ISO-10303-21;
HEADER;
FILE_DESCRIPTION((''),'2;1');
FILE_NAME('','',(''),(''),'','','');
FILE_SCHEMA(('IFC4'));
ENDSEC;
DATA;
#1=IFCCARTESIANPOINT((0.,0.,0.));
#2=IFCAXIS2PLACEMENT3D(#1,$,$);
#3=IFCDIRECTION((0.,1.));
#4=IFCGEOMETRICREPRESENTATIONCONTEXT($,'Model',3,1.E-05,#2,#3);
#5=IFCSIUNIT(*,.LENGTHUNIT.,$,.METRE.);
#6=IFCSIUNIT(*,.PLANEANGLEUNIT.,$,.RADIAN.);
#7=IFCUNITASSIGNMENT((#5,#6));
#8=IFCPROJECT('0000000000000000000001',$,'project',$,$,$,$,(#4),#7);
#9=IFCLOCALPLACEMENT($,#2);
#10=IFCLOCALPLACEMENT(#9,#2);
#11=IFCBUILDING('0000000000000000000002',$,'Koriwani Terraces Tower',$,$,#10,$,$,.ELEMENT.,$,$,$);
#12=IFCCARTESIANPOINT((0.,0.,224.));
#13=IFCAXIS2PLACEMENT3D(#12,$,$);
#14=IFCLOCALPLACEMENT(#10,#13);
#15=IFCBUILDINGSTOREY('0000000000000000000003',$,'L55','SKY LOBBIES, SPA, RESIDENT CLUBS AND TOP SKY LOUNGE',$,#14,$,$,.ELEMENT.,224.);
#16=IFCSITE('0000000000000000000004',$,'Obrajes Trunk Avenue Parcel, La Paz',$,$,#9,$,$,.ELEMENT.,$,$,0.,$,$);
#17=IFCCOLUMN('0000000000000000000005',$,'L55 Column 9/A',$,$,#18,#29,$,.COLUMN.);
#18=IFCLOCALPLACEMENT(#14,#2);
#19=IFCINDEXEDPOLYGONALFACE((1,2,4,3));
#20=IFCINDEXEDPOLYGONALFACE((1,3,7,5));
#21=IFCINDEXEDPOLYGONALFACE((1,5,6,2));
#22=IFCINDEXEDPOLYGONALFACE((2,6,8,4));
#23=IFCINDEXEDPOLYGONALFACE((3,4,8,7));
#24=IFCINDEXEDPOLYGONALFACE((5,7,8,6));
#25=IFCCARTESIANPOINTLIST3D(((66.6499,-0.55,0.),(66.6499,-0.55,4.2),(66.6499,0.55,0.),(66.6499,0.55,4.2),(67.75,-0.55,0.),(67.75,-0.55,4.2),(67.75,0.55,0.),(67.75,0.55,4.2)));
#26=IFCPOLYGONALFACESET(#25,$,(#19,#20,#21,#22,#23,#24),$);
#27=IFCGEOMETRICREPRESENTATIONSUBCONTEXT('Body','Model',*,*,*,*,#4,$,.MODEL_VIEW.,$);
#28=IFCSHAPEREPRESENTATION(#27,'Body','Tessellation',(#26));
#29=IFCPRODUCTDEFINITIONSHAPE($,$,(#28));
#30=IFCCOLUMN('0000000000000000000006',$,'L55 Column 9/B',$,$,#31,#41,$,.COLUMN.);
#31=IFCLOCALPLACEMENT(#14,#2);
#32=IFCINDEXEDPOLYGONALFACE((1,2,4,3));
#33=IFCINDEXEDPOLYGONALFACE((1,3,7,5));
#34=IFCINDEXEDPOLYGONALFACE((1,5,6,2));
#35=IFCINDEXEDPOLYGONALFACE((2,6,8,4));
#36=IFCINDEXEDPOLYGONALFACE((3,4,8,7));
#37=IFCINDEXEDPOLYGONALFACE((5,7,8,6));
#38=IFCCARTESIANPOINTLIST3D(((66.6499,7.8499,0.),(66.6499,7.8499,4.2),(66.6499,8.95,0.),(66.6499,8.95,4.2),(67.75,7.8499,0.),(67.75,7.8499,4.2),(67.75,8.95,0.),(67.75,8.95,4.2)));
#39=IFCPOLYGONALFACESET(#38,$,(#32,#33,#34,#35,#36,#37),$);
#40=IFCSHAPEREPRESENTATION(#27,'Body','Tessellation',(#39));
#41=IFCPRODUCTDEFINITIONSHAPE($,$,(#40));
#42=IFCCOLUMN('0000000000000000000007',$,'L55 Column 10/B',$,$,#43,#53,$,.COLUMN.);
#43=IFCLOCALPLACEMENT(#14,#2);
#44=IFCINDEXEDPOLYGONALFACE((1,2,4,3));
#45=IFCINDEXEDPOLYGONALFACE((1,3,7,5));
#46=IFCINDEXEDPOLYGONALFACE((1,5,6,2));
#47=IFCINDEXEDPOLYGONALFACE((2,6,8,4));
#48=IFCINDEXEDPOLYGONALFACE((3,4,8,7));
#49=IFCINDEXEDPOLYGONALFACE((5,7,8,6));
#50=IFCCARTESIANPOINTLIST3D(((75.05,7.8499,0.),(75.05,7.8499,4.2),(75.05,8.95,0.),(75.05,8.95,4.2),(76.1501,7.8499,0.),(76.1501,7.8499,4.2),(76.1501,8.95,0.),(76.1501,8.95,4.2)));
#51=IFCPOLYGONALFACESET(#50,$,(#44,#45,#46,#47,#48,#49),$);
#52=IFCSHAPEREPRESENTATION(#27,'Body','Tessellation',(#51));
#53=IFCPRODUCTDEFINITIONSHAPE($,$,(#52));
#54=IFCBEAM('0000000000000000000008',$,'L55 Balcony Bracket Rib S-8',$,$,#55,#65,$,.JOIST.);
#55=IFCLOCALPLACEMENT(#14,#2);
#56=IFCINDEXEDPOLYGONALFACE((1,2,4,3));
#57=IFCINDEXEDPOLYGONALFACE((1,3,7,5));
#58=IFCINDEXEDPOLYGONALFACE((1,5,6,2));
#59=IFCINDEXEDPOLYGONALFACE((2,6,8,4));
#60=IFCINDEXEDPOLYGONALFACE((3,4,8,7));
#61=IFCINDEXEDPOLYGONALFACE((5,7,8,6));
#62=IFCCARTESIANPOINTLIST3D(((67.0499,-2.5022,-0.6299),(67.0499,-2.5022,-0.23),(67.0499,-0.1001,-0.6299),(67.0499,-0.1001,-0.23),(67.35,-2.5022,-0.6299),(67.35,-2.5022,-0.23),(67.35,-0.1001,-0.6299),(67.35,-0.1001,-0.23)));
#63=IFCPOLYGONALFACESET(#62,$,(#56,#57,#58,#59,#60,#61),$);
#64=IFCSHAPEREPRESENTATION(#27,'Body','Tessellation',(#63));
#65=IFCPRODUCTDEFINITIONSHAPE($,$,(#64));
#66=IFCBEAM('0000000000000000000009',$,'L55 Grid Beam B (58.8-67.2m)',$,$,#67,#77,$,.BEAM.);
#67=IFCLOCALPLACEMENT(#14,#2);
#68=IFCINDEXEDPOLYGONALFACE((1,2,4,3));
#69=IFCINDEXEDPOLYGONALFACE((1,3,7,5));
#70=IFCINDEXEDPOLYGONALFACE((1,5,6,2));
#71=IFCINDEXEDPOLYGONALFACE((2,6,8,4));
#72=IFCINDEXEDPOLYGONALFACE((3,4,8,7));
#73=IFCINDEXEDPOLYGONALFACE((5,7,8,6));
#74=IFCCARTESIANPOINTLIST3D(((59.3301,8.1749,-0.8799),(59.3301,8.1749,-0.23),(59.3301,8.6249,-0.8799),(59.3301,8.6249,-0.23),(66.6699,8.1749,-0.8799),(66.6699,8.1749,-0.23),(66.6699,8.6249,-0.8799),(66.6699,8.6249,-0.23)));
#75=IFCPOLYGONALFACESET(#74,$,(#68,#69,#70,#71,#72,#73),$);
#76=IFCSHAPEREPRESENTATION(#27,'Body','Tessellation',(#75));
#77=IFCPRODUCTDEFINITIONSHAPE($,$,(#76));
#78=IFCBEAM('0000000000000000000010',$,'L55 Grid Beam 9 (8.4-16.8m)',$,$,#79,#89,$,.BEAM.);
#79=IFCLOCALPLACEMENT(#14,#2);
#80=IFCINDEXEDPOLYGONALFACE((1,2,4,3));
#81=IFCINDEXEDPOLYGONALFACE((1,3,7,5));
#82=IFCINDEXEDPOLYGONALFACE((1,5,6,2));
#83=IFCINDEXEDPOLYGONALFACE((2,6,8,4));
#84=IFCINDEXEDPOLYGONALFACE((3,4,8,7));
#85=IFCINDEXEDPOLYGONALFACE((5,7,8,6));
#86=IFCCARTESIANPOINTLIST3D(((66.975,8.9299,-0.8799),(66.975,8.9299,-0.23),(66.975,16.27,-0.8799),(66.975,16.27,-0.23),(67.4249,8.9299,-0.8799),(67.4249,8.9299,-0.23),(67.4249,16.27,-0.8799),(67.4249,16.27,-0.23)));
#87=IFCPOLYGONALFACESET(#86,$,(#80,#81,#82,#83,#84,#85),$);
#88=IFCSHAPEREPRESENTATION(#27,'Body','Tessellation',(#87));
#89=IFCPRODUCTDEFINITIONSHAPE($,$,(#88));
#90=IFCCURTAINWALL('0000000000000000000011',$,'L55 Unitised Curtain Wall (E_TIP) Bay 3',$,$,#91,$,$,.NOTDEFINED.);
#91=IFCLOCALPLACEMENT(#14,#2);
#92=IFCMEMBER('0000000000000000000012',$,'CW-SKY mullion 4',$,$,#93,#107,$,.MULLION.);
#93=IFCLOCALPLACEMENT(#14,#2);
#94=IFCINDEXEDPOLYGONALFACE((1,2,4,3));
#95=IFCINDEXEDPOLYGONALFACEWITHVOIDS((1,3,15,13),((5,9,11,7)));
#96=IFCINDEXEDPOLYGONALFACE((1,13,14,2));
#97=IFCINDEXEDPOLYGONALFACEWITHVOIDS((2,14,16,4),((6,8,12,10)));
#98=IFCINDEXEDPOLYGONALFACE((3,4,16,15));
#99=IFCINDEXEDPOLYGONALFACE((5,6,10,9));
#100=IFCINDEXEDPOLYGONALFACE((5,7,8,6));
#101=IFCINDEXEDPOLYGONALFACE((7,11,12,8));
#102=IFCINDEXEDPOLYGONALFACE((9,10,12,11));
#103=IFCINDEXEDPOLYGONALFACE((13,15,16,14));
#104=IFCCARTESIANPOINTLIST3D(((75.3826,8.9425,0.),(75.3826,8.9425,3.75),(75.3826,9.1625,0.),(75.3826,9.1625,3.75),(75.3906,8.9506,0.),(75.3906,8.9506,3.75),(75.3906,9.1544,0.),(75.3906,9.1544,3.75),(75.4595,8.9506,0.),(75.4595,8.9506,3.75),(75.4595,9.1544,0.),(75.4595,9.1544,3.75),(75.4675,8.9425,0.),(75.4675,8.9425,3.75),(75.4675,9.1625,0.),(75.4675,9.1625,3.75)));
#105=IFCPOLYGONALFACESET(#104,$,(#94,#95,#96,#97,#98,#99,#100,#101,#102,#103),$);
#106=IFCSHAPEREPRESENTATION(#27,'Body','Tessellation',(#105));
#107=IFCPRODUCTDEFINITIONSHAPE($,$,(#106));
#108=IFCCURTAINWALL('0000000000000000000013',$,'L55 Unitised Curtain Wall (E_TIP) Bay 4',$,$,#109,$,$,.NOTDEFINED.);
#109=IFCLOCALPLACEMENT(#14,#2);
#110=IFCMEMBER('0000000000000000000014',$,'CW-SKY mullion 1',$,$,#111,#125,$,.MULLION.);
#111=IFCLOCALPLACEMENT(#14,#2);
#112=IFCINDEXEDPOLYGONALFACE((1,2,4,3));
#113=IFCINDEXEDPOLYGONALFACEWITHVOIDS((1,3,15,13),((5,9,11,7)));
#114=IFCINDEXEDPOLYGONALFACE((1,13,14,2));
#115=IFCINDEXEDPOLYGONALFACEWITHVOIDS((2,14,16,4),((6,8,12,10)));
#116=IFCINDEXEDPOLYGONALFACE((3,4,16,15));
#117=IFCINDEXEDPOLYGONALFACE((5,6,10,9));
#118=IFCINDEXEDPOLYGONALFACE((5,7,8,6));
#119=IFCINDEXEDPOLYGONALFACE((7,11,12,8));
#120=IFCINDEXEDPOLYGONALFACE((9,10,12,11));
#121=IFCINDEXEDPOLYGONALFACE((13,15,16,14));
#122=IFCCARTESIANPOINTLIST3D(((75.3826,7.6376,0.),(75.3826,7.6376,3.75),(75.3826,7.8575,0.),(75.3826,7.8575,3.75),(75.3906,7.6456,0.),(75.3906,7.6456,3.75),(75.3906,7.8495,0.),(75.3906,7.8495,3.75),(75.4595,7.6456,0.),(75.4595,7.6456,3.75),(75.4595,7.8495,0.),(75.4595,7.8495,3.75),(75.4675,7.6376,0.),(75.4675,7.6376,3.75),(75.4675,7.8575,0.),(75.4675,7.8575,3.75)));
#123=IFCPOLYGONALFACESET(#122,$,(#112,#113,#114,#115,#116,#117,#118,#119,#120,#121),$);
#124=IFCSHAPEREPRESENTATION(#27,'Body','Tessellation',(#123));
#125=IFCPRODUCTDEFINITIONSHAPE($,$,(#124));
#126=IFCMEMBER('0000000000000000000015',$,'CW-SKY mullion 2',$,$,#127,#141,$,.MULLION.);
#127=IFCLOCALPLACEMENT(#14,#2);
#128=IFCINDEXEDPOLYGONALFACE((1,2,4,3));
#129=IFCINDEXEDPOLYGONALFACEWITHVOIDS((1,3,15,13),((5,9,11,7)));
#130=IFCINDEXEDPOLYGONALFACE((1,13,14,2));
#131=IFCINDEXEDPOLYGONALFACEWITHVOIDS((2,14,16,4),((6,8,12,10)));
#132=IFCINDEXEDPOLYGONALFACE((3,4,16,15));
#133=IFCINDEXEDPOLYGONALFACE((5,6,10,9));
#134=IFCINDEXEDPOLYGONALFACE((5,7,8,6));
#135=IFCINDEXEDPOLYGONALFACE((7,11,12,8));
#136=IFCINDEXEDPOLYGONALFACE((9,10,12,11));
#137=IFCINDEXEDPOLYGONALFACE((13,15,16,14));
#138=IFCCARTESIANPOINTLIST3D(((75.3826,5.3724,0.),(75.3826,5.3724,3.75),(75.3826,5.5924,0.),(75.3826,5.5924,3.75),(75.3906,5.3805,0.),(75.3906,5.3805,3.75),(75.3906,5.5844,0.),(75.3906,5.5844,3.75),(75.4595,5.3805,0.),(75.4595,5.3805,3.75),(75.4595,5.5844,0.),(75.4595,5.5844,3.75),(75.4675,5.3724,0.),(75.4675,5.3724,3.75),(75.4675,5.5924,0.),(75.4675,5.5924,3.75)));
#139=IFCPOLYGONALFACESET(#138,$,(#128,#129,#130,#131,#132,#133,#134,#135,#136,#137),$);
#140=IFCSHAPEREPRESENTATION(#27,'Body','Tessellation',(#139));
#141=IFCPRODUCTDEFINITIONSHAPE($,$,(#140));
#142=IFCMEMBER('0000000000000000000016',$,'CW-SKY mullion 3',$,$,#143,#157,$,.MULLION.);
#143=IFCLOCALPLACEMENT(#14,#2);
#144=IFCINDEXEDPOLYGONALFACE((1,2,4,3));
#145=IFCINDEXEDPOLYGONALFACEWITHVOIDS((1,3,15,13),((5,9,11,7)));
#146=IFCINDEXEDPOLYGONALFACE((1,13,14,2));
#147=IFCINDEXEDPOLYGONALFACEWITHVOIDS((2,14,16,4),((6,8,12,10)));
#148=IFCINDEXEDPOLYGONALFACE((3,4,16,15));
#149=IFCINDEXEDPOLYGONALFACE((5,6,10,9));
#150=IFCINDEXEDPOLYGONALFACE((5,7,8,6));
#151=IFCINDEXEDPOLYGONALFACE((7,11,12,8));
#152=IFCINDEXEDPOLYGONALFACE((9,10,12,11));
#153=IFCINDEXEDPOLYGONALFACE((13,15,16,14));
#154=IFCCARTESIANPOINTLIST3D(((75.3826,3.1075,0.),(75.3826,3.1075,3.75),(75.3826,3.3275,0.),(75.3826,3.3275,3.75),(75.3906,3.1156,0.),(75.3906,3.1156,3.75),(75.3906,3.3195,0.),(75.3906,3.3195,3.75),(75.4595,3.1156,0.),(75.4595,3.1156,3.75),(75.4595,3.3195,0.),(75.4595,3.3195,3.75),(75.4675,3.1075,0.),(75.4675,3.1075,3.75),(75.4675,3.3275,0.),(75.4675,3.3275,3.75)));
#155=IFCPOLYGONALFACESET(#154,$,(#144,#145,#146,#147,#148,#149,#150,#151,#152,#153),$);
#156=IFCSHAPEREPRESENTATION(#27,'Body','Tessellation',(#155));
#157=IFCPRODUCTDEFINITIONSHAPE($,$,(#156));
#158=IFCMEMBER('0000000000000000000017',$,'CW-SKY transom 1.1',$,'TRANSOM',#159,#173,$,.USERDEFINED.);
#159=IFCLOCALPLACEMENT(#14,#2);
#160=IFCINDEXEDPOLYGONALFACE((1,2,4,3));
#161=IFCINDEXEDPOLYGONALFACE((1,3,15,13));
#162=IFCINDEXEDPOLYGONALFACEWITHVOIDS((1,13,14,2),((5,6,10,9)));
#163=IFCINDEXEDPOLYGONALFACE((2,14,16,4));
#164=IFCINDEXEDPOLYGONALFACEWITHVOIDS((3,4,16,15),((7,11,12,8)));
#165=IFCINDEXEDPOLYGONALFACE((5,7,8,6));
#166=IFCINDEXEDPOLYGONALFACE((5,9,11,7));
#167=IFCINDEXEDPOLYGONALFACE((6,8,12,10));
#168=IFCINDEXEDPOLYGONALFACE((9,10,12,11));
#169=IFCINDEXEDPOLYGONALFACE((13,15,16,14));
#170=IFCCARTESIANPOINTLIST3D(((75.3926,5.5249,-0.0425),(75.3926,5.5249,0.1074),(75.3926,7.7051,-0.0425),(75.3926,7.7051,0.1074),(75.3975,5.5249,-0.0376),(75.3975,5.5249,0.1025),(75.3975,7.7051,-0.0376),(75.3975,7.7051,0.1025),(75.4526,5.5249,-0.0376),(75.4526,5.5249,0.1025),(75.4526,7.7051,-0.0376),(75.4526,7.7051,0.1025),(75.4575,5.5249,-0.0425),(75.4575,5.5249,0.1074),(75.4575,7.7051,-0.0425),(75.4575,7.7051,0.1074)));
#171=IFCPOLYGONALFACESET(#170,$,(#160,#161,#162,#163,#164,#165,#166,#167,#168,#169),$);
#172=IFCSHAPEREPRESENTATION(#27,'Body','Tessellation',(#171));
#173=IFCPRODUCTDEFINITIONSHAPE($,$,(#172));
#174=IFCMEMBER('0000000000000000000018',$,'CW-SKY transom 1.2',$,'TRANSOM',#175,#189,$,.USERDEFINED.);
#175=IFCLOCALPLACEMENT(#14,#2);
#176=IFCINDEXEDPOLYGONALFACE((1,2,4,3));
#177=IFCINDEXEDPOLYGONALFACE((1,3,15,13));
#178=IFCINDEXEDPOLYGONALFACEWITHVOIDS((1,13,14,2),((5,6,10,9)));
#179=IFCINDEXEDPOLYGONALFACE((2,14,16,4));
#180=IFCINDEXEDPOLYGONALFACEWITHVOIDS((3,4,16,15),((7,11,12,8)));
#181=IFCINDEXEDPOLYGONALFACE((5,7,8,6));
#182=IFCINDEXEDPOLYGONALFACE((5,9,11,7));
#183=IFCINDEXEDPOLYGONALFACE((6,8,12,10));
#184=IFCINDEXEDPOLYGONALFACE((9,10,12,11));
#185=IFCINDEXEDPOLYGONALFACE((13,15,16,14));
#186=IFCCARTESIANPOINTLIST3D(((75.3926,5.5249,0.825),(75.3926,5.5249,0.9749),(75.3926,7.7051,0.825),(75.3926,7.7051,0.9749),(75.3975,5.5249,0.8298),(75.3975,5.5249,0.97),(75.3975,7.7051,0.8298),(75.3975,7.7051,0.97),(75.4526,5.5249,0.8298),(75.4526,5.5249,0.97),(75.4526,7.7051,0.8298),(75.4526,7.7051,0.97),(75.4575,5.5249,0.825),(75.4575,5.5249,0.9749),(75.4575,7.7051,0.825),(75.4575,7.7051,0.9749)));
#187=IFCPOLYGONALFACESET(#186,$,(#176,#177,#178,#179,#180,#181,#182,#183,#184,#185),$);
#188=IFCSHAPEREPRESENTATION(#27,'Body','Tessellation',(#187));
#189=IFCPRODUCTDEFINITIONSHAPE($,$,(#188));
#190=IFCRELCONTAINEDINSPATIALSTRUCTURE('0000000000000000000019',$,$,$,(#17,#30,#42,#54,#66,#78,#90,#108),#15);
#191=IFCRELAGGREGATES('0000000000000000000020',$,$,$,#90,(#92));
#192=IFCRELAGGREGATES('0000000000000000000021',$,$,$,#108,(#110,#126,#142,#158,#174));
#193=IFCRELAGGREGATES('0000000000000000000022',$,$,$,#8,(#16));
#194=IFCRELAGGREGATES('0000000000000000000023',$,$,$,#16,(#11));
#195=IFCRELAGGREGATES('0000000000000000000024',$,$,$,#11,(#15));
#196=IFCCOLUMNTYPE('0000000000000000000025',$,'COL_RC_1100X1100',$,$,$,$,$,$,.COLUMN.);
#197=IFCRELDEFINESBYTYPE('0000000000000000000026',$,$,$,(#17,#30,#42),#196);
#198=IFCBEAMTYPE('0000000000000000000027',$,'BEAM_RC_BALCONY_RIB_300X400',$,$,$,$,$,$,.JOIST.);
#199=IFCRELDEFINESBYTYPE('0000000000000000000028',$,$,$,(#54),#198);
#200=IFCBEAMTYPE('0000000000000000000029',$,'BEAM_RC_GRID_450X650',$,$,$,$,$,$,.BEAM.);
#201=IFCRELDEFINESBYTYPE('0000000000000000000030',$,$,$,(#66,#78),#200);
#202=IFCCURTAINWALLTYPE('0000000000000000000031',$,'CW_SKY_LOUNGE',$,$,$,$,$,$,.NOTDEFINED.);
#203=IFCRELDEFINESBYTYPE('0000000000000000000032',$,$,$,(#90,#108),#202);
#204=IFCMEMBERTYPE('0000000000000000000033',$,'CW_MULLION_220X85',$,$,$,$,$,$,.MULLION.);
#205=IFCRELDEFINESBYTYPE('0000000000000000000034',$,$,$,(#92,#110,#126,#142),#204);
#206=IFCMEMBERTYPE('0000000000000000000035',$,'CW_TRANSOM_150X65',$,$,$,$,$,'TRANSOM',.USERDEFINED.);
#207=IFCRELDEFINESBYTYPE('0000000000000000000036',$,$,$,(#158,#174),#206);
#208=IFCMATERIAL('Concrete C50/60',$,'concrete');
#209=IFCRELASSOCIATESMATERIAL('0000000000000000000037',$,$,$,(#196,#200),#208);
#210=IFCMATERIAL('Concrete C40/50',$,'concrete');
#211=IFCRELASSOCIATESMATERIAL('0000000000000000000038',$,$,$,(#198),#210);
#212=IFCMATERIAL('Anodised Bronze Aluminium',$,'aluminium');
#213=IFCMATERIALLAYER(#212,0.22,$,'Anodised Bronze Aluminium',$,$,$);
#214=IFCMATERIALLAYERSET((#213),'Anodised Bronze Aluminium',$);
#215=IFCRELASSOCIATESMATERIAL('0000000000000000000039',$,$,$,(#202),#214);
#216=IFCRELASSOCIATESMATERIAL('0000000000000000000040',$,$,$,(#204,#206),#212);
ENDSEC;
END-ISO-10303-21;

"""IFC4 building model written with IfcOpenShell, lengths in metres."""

from ifc_helpers import new_model, si_unit, direction, frame, origin, origin_2d, place, context, subcontext, project, spatial, rectangle, hollow_rectangle, extrude, material, layer, layer_set, material_profile, profile_set, type_object, element, aggregate, save


model = new_model("IFC4")

# Units and contexts
model_context = context("Model", 3, precision=1e-05, world=origin(), true_north=direction((0.0, 1.0)))
body_context = subcontext(model_context, "Body", "Model", "MODEL_VIEW")
ifc_project = project(units=[si_unit("LENGTHUNIT", "METRE"), si_unit("PLANEANGLEUNIT", "RADIAN")], contexts=[model_context])

# Site, building, storey
site_placement = place(None, origin())
site = spatial("IfcSite", under=ifc_project, at=site_placement, Name="Obrajes Trunk Avenue Parcel, La Paz", CompositionType="ELEMENT", RefElevation=0.0)
building_placement = place(site_placement, origin())
building = spatial("IfcBuilding", under=site, at=building_placement, Name="Koriwani Terraces Tower", CompositionType="ELEMENT")
storey_placement = place(building_placement, frame((0.0, 0.0, 224.0)))
storey = spatial("IfcBuildingStorey", under=building, at=storey_placement, Name="L55", Description="SKY LOBBIES, SPA, RESIDENT CLUBS AND TOP SKY LOUNGE", CompositionType="ELEMENT", Elevation=224.0)

# Columns
ifc_material_1 = material(Name="Concrete C50/60", Category="concrete")
ifc_material_profile_1 = material_profile(ifc_material_1, rectangle(XDim=1.1001, YDim=1.1001, at=origin_2d()), Name="Concrete C50/60", Category="LoadBearing")
ifc_profile_set_1 = profile_set([ifc_material_profile_1], Name="Concrete C50/60")
column_type = type_object("IfcColumnType", Name="COL_RC_1100X1100", PredefinedType="COLUMN", material=ifc_profile_set_1)
for number, where, z_axis, x_axis, name in (
    (1, (67.2, 0.0, 0.0), (0.0, 0.0, 1.0), (1.0, 0.0, 0.0), "L55 Column 9/A"),
    (2, (67.2, 8.3999, 0.0), (0.0, 0.0, 1.0), (1.0, 0.0, 0.0), "L55 Column 9/B"),
    (3, (75.6001, 8.3999, 0.0), (0.0, 0.0, 1.0), (1.0, 0.0, 0.0), "L55 Column 10/B"),
):
    element("IfcColumn", number, at=place(storey_placement, frame(where, z_axis=z_axis, x_axis=x_axis)), inside=storey, type_object=column_type, Name=name, PredefinedType="COLUMN", context=body_context, shape_type="SweptSolid", body=[
        extrude(rectangle(XDim=1.1001, YDim=1.1001, at=origin_2d()), origin(), (0.0, 0.0, 1.0), 4.2),
    ])

# Beams
ifc_material_2 = material(Name="Concrete C40/50", Category="concrete")
ifc_material_profile_2 = material_profile(ifc_material_2, rectangle(XDim=0.3, YDim=0.3999, at=origin_2d()), Name="Concrete C40/50", Category="LoadBearing")
ifc_profile_set_2 = profile_set([ifc_material_profile_2], Name="Concrete C40/50")
beam_type_1 = type_object("IfcBeamType", Name="BEAM_RC_BALCONY_RIB_300X400", PredefinedType="JOIST", material=ifc_profile_set_2)
beam_1_placement = place(storey_placement, frame((67.2, -2.5022, -0.4299), z_axis=(0.0, 1.0, 0.0), x_axis=(-1.0, 0.0, 0.0)))
element("IfcBeam", 4, at=beam_1_placement, inside=storey, type_object=beam_type_1, Name="L55 Balcony Bracket Rib S-8", PredefinedType="JOIST", context=body_context, shape_type="SweptSolid", body=[
    extrude(rectangle(XDim=0.3, YDim=0.3999, at=origin_2d()), origin(), (0.0, 0.0, 1.0), 2.4021),
])
ifc_material_profile_3 = material_profile(ifc_material_1, rectangle(XDim=0.45, YDim=0.6499, at=origin_2d()), Name="Concrete C50/60", Category="LoadBearing")
ifc_profile_set_3 = profile_set([ifc_material_profile_3], Name="Concrete C50/60")
beam_type_2 = type_object("IfcBeamType", Name="BEAM_RC_GRID_450X650", PredefinedType="BEAM", material=ifc_profile_set_3)
beam_2_placement = place(storey_placement, frame((59.3301, 8.3999, -0.5549), z_axis=(1.0, 0.0, 0.0), x_axis=(0.0, 1.0, 0.0)))
element("IfcBeam", 5, at=beam_2_placement, inside=storey, type_object=beam_type_2, Name="L55 Grid Beam B (58.8-67.2m)", PredefinedType="BEAM", context=body_context, shape_type="SweptSolid", body=[
    extrude(rectangle(XDim=0.45, YDim=0.6499, at=origin_2d()), origin(), (0.0, 0.0, 1.0), 7.3398),
])
beam_3_placement = place(storey_placement, frame((67.2, 8.9299, -0.5549), z_axis=(0.0, 1.0, 0.0), x_axis=(-1.0, 0.0, 0.0)))
element("IfcBeam", 6, at=beam_3_placement, inside=storey, type_object=beam_type_2, Name="L55 Grid Beam 9 (8.4-16.8m)", PredefinedType="BEAM", context=body_context, shape_type="SweptSolid", body=[
    extrude(rectangle(XDim=0.45, YDim=0.6499, at=origin_2d()), origin(), (0.0, 0.0, 1.0), 7.3401),
])

# Curtain wall, member
ifc_material_3 = material(Name="Anodised Bronze Aluminium", Category="aluminium")
ifc_layer_1 = layer(ifc_material_3, 0.22, Name="Anodised Bronze Aluminium")
ifc_layer_set_1 = layer_set([ifc_layer_1], Name="Anodised Bronze Aluminium")
curtain_wall_type = type_object("IfcCurtainWallType", Name="CW_SKY_LOUNGE", PredefinedType="NOTDEFINED", material=ifc_layer_set_1)
curtain_wall_1_placement = place(storey_placement, origin())
curtain_wall_1 = element("IfcCurtainWall", 7, at=curtain_wall_1_placement, inside=storey, type_object=curtain_wall_type, Name="L55 Unitised Curtain Wall (E_TIP) Bay 3", PredefinedType="NOTDEFINED")
ifc_material_profile_4 = material_profile(ifc_material_3, hollow_rectangle(XDim=0.085, YDim=0.22, WallThickness=0.0081, at=origin_2d()), Name="Anodised Bronze Aluminium", Category="LoadBearing")
ifc_profile_set_4 = profile_set([ifc_material_profile_4], Name="Anodised Bronze Aluminium")
member_type_1 = type_object("IfcMemberType", Name="CW_MULLION_220X85", PredefinedType="MULLION", material=ifc_profile_set_4)
member_1_placement = place(storey_placement, frame((75.425, 9.0525, 0.0), z_axis=(0.0, 0.0, 1.0), x_axis=(1.0, 0.0, 0.0)))
member_1 = element("IfcMember", 8, at=member_1_placement, type_object=member_type_1, Name="CW-SKY mullion 4", PredefinedType="MULLION", context=body_context, shape_type="SweptSolid", body=[
    extrude(hollow_rectangle(XDim=0.085, YDim=0.22, WallThickness=0.0081, at=origin_2d()), origin(), (0.0, 0.0, 1.0), 3.75),
])
aggregate(curtain_wall_1, [member_1])

# Curtain wall, members
curtain_wall_2_placement = place(storey_placement, origin())
curtain_wall_2 = element("IfcCurtainWall", 9, at=curtain_wall_2_placement, inside=storey, type_object=curtain_wall_type, Name="L55 Unitised Curtain Wall (E_TIP) Bay 4", PredefinedType="NOTDEFINED")
member_2_placement = place(storey_placement, frame((75.425, 7.7476, 0.0), z_axis=(0.0, 0.0, 1.0), x_axis=(1.0, 0.0, 0.0)))
member_2 = element("IfcMember", 10, at=member_2_placement, type_object=member_type_1, Name="CW-SKY mullion 1", PredefinedType="MULLION", context=body_context, shape_type="SweptSolid", body=[
    extrude(hollow_rectangle(XDim=0.085, YDim=0.22, WallThickness=0.0081, at=origin_2d()), origin(), (0.0, 0.0, 1.0), 3.75),
])
member_3_placement = place(storey_placement, frame((75.425, 5.4824, 0.0), z_axis=(0.0, 0.0, 1.0), x_axis=(1.0, 0.0, 0.0)))
member_3 = element("IfcMember", 11, at=member_3_placement, type_object=member_type_1, Name="CW-SKY mullion 2", PredefinedType="MULLION", context=body_context, shape_type="SweptSolid", body=[
    extrude(hollow_rectangle(XDim=0.085, YDim=0.22, WallThickness=0.0081, at=origin_2d()), origin(), (0.0, 0.0, 1.0), 3.75),
])
member_4_placement = place(storey_placement, frame((75.425, 3.2175, 0.0), z_axis=(0.0, 0.0, 1.0), x_axis=(1.0, 0.0, 0.0)))
member_4 = element("IfcMember", 12, at=member_4_placement, type_object=member_type_1, Name="CW-SKY mullion 3", PredefinedType="MULLION", context=body_context, shape_type="SweptSolid", body=[
    extrude(hollow_rectangle(XDim=0.085, YDim=0.22, WallThickness=0.0081, at=origin_2d()), origin(), (0.0, 0.0, 1.0), 3.75),
])
ifc_material_profile_5 = material_profile(ifc_material_3, hollow_rectangle(XDim=0.0649, YDim=0.1499, WallThickness=0.0049, at=origin_2d()), Name="Anodised Bronze Aluminium", Category="LoadBearing")
ifc_profile_set_5 = profile_set([ifc_material_profile_5], Name="Anodised Bronze Aluminium")
member_type_2 = type_object("IfcMemberType", Name="CW_TRANSOM_150X65", ElementType="TRANSOM", PredefinedType="USERDEFINED", material=ifc_profile_set_5)
member_5_placement = place(storey_placement, frame((75.425, 7.7051, 0.0325), z_axis=(0.0, -1.0, 0.0), x_axis=(1.0, 0.0, 0.0)))
member_5 = element("IfcMember", 13, at=member_5_placement, type_object=member_type_2, Name="CW-SKY transom 1.1", ObjectType="TRANSOM", PredefinedType="USERDEFINED", context=body_context, shape_type="SweptSolid", body=[
    extrude(hollow_rectangle(XDim=0.0649, YDim=0.1499, WallThickness=0.0049, at=origin_2d()), origin(), (0.0, 0.0, 1.0), 2.1802),
])
member_6_placement = place(storey_placement, frame((75.425, 7.7051, 0.8999), z_axis=(0.0, -1.0, 0.0), x_axis=(1.0, 0.0, 0.0)))
member_6 = element("IfcMember", 14, at=member_6_placement, type_object=member_type_2, Name="CW-SKY transom 1.2", ObjectType="TRANSOM", PredefinedType="USERDEFINED", context=body_context, shape_type="SweptSolid", body=[
    extrude(hollow_rectangle(XDim=0.0649, YDim=0.1499, WallThickness=0.0049, at=origin_2d()), origin(), (0.0, 0.0, 1.0), 2.1802),
])

aggregate(curtain_wall_2, [member_2, member_3, member_4, member_5, member_6])

save(model, "model.ifc")
